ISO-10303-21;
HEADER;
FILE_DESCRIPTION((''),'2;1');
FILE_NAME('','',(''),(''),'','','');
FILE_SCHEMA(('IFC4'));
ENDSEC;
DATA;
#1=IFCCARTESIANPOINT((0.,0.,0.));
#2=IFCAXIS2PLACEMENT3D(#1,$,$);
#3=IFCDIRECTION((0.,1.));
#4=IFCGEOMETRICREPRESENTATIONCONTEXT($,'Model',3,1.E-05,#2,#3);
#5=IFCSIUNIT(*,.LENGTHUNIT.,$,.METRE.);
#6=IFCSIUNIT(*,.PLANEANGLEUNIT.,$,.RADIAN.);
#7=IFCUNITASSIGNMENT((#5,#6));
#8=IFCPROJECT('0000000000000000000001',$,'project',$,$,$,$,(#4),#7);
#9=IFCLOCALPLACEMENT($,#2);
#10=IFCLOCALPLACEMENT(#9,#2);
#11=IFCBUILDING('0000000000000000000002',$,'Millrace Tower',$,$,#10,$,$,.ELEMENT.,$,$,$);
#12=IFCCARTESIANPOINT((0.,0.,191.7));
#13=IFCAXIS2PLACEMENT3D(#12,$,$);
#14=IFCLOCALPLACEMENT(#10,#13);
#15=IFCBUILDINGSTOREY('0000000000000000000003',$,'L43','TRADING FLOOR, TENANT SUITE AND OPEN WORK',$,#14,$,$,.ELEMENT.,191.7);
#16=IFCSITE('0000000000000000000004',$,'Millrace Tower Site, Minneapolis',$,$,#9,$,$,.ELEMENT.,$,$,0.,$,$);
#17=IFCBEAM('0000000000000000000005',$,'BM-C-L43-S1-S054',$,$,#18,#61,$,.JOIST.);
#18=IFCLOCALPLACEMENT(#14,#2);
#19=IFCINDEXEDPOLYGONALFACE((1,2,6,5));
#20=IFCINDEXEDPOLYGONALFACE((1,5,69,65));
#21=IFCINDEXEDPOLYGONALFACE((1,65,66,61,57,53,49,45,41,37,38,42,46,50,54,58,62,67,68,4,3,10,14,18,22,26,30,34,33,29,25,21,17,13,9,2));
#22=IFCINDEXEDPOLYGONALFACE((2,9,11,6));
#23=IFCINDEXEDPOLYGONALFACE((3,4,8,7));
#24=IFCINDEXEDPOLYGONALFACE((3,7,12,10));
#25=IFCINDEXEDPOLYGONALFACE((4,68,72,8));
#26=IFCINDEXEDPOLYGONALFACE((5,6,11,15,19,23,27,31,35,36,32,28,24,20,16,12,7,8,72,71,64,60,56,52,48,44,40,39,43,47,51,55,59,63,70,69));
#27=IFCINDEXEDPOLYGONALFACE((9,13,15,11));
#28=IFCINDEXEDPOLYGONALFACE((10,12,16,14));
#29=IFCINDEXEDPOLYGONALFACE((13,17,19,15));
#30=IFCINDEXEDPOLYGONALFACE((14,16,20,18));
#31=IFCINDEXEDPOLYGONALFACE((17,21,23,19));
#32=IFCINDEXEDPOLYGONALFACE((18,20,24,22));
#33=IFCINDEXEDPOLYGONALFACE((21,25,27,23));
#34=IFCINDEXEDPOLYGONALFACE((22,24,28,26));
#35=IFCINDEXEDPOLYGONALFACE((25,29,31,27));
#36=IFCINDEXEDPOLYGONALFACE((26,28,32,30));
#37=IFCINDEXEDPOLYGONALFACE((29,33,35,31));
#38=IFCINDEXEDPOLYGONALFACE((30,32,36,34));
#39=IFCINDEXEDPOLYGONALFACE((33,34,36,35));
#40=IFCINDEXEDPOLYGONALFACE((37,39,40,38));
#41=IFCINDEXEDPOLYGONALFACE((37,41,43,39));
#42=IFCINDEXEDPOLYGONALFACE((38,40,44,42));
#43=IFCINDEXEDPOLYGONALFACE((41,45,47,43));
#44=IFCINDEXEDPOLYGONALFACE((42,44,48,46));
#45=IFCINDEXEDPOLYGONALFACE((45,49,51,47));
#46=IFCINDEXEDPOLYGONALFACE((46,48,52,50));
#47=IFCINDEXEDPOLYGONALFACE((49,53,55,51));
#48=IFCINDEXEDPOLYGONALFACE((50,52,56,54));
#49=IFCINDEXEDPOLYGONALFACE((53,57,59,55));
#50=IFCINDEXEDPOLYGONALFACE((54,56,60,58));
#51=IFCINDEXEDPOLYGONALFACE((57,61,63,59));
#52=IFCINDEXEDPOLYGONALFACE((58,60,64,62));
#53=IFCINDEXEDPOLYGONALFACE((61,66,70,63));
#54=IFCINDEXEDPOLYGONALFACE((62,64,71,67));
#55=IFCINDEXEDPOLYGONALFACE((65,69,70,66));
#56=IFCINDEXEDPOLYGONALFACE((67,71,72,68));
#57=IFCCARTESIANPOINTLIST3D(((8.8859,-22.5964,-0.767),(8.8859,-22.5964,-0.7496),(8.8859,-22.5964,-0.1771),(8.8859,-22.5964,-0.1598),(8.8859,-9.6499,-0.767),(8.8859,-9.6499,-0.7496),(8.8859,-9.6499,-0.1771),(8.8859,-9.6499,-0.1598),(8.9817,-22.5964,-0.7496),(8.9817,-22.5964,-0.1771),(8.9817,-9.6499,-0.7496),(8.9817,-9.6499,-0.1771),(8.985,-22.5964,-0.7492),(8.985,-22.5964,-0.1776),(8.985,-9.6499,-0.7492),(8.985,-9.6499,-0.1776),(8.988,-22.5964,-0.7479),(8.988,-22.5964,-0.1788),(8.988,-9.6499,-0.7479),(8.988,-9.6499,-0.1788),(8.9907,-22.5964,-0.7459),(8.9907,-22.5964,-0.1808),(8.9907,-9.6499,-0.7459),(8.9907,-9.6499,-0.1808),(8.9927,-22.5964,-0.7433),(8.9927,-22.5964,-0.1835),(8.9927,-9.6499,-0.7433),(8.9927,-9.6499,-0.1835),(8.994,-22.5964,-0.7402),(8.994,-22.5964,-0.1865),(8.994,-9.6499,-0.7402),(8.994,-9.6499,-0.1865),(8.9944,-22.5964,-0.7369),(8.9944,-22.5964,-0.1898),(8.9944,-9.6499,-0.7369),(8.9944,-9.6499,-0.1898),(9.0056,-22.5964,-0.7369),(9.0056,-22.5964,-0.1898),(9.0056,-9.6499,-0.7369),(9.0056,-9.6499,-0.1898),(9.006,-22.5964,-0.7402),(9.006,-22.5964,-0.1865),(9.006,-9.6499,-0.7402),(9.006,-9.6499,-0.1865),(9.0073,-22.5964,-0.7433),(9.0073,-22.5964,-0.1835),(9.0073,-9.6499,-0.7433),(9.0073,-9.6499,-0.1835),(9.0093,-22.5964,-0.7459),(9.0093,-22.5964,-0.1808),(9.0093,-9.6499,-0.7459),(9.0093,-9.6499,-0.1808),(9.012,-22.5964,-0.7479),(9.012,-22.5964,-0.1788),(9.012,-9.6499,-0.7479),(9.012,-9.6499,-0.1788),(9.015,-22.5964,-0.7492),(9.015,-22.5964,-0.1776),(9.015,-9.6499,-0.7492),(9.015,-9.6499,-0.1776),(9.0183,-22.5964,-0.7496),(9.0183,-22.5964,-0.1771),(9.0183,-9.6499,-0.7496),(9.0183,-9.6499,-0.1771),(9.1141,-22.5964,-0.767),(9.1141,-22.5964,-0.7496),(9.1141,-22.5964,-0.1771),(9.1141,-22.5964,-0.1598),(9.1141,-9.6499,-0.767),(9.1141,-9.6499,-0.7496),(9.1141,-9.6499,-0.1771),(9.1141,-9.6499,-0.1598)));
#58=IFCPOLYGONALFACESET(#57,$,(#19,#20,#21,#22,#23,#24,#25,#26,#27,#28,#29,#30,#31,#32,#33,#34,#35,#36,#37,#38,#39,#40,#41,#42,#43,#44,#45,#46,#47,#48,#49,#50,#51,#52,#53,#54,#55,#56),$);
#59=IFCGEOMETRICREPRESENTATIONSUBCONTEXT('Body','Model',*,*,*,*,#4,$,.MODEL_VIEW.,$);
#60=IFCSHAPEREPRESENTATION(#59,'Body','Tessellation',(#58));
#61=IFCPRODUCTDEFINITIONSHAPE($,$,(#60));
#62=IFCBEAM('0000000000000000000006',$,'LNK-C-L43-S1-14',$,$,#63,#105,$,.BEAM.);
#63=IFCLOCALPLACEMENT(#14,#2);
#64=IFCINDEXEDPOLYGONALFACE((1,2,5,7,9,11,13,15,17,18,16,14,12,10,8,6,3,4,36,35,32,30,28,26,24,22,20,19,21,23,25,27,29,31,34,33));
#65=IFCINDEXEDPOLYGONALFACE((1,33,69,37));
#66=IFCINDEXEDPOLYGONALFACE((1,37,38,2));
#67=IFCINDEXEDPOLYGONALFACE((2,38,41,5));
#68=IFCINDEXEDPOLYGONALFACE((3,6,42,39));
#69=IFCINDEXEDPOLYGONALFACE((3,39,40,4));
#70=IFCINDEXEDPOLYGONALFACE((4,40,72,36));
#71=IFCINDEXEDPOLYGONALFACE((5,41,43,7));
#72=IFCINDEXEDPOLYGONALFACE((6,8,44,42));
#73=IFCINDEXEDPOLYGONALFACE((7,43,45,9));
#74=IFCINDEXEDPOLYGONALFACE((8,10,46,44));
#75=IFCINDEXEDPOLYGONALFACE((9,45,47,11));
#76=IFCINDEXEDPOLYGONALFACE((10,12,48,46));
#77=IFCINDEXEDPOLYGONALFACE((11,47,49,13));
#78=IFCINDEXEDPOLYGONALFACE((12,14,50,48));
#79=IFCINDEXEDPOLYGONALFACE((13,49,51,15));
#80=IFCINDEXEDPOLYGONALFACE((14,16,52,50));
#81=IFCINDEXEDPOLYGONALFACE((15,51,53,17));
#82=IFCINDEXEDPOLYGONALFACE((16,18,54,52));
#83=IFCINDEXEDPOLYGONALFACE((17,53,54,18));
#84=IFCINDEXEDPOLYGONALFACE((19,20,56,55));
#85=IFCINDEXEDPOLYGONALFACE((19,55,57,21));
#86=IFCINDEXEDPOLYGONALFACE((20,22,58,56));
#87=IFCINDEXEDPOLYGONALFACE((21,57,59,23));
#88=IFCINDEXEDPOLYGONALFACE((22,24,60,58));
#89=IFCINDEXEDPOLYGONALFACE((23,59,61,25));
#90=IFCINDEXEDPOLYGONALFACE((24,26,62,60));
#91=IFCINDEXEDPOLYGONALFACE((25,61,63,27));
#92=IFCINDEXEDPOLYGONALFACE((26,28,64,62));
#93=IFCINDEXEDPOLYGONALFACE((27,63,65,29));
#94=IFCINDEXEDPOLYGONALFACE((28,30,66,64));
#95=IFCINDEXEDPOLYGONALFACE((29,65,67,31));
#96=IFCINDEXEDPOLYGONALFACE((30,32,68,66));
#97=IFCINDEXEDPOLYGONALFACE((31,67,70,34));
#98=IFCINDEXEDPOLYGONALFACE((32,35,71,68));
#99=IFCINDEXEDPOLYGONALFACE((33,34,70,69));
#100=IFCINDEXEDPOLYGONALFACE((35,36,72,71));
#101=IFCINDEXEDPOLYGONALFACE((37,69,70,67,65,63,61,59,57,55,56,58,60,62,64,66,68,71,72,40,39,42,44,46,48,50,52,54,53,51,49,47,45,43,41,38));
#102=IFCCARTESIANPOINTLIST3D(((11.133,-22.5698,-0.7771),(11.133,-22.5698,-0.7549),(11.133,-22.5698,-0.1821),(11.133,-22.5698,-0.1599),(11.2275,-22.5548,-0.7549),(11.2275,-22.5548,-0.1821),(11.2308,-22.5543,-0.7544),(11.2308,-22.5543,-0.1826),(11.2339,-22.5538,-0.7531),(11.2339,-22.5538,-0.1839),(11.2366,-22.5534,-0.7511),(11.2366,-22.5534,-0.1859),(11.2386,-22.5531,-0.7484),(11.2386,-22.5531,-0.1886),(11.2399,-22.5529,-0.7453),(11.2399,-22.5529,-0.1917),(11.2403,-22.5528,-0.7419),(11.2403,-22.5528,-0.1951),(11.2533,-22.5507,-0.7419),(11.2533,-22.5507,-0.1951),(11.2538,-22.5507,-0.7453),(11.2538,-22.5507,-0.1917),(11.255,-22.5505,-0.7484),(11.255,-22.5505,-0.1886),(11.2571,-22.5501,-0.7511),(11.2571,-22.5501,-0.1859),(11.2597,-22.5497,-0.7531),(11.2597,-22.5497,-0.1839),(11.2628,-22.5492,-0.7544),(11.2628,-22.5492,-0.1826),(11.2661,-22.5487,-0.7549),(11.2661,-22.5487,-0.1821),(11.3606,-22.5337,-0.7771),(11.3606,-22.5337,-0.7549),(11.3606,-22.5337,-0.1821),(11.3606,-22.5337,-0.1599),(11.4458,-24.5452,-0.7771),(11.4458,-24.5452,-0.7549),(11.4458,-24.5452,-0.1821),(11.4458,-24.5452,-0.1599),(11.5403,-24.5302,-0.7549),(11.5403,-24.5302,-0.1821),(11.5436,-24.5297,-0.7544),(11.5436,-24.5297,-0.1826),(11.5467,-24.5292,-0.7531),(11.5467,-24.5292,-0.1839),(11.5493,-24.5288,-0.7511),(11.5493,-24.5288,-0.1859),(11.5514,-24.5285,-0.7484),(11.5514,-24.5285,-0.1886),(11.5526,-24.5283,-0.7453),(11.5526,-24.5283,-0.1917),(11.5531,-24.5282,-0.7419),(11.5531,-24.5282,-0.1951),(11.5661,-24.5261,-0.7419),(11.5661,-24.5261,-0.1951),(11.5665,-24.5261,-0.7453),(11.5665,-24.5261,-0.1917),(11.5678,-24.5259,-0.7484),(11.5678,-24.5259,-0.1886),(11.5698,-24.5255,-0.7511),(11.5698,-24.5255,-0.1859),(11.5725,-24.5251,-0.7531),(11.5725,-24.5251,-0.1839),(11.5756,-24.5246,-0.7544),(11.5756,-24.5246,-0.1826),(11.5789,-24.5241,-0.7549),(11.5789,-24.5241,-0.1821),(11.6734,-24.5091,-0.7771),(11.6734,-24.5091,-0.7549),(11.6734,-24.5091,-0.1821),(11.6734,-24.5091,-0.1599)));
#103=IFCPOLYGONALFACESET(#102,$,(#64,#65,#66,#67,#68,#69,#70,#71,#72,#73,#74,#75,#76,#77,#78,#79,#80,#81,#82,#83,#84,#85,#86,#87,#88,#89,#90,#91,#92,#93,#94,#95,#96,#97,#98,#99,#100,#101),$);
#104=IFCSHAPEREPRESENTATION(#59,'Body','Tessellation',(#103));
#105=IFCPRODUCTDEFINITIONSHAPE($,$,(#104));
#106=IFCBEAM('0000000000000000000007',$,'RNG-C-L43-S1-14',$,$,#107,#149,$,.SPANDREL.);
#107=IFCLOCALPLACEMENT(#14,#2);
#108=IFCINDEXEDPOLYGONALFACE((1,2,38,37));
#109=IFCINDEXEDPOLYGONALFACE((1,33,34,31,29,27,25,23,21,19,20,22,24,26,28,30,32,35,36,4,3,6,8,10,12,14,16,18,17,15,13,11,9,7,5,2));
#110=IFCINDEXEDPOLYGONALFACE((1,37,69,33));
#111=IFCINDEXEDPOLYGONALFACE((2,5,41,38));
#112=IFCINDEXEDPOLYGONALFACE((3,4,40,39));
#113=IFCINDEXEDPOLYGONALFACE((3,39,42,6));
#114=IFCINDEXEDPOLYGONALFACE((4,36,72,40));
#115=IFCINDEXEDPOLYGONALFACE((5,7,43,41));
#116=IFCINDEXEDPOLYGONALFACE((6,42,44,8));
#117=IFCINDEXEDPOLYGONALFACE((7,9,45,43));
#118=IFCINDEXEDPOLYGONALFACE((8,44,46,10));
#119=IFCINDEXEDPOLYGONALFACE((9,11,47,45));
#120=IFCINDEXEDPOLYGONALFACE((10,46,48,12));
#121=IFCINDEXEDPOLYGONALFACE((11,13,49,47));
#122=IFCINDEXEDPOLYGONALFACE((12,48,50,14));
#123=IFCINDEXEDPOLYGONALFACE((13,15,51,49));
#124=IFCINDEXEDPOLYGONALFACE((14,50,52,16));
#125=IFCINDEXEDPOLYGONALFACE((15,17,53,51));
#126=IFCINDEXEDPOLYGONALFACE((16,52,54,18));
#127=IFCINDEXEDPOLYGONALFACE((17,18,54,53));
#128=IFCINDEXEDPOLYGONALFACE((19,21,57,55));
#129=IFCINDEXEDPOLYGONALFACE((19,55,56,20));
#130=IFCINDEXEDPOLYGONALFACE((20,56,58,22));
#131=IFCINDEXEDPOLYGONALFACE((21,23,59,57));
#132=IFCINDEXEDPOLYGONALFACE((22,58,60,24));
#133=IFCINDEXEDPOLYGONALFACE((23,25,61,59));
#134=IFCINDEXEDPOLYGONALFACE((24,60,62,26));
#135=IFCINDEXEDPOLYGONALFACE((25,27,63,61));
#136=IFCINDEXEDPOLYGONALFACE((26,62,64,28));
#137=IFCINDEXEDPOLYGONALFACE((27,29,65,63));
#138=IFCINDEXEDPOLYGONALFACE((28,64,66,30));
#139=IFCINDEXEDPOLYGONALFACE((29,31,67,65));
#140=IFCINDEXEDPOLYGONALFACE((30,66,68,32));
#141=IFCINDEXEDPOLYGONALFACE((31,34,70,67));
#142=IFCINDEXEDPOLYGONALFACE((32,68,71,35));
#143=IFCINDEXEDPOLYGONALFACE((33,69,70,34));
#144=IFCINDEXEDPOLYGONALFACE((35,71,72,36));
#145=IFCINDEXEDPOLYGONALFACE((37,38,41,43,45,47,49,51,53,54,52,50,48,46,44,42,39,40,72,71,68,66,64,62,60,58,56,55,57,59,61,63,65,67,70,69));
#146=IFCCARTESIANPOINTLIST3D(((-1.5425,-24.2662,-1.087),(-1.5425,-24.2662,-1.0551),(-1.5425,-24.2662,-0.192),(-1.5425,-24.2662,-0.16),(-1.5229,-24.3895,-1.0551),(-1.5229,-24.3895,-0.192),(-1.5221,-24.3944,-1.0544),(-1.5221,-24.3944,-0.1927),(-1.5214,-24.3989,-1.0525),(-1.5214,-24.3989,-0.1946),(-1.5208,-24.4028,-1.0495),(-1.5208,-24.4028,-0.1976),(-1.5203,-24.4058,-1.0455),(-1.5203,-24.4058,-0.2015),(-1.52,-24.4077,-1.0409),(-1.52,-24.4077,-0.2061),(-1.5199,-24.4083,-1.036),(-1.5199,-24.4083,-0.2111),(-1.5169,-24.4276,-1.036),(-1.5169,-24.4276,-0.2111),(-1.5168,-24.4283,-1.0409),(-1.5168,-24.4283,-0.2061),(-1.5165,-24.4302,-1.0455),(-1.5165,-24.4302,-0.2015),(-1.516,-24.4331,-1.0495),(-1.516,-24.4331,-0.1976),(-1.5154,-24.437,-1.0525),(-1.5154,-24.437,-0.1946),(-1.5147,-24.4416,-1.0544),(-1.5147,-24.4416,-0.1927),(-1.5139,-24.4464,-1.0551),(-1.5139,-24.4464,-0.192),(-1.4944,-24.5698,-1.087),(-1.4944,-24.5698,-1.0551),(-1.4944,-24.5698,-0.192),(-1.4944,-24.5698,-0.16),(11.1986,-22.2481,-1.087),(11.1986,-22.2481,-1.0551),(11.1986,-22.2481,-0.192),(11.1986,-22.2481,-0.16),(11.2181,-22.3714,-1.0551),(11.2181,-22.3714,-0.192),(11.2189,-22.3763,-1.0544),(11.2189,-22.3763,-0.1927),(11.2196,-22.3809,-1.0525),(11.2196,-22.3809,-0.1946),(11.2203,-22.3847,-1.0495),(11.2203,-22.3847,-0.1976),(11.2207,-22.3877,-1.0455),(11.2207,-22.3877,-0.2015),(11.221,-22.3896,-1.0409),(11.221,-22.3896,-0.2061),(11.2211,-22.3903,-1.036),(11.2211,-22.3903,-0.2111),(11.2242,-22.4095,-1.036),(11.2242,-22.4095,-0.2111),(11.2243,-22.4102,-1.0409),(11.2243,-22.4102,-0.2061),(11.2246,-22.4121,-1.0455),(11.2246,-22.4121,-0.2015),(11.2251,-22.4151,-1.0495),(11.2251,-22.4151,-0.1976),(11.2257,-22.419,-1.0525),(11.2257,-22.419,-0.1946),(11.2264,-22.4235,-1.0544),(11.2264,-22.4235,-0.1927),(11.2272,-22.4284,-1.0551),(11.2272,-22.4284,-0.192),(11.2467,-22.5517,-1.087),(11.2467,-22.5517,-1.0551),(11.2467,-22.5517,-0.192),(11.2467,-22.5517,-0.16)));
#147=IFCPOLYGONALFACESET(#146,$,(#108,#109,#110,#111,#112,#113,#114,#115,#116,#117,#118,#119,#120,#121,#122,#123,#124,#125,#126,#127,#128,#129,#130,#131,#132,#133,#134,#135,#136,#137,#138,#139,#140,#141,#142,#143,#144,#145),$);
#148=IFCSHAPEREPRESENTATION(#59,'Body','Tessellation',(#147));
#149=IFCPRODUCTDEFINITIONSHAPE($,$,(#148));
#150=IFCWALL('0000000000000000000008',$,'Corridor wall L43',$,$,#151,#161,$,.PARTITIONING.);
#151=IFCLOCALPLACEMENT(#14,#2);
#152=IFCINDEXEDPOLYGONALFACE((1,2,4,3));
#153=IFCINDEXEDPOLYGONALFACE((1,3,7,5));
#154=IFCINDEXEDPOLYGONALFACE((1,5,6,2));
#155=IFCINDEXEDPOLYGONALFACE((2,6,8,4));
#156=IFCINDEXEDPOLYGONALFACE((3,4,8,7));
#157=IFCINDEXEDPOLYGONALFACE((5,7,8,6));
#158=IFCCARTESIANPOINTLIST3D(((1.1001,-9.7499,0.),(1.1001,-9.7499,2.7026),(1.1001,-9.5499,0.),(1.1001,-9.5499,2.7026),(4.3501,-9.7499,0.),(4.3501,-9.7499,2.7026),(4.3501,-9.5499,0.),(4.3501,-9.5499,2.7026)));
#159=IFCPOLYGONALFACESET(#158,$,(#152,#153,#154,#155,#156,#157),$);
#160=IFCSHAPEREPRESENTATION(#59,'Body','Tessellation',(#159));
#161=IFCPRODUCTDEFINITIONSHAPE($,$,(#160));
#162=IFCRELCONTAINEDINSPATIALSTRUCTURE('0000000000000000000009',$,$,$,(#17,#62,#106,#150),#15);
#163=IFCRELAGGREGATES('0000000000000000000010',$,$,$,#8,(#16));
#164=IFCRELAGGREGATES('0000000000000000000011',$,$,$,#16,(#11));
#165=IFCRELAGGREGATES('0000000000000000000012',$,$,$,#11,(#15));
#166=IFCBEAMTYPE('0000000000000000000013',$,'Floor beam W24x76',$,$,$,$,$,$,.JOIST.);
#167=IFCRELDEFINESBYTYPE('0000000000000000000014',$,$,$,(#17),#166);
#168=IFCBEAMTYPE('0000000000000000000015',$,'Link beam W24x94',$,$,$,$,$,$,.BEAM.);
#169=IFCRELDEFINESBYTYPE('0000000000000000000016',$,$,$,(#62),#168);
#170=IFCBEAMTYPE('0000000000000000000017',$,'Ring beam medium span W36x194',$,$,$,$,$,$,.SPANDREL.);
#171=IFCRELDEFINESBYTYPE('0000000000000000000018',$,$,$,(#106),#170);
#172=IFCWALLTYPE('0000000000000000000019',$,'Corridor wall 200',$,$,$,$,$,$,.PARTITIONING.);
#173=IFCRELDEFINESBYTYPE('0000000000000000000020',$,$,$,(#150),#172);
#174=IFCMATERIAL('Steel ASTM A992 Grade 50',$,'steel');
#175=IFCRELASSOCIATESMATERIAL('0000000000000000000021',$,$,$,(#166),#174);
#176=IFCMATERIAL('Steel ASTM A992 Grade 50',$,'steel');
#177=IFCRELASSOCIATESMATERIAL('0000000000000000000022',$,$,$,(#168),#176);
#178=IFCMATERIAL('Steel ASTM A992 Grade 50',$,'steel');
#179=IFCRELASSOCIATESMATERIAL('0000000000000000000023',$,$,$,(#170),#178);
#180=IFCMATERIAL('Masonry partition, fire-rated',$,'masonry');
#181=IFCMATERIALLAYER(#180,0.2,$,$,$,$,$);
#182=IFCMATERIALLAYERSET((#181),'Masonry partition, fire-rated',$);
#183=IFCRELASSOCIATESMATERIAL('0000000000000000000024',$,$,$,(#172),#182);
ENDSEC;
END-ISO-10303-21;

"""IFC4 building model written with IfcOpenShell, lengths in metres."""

from ifc_helpers import new_model, si_unit, direction, frame, frame_2d, origin, origin_2d, place, context, subcontext, project, spatial, rectangle, i_section, extrude, material, layer, layer_set, material_profile, profile_set, type_object, element, save


model = new_model("IFC4")

# Units and contexts
model_context = context("Model", 3, precision=1e-05, world=origin(), true_north=direction((0.0, 1.0)))
body_context = subcontext(model_context, "Body", "Model", "MODEL_VIEW")
ifc_project = project(units=[si_unit("LENGTHUNIT", "METRE"), si_unit("PLANEANGLEUNIT", "RADIAN")], contexts=[model_context])

# Site, building, storey
site_placement = place(None, origin())
site = spatial("IfcSite", under=ifc_project, at=site_placement, Name="Millrace Tower Site, Minneapolis", CompositionType="ELEMENT", RefElevation=0.0)
building_placement = place(site_placement, origin())
building = spatial("IfcBuilding", under=site, at=building_placement, Name="Millrace Tower", CompositionType="ELEMENT")
storey_placement = place(building_placement, frame((0.0, 0.0, 191.7)))
storey = spatial("IfcBuildingStorey", under=building, at=storey_placement, Name="L43", Description="TRADING FLOOR, TENANT SUITE AND OPEN WORK", CompositionType="ELEMENT", Elevation=191.7)

# Beams
ifc_material_1 = material(Name="Steel ASTM A992 Grade 50", Category="steel")
ifc_material_profile_1 = material_profile(ifc_material_1, i_section(OverallWidth=0.2283, OverallDepth=0.6072, WebThickness=0.0112, FlangeThickness=0.0173, FilletRadius=0.0127, at=origin_2d()))
ifc_profile_set_1 = profile_set([ifc_material_profile_1], Name="Steel ASTM A992 Grade 50")
beam_type_1 = type_object("IfcBeamType", Name="Floor beam W24x76", PredefinedType="JOIST", material=ifc_profile_set_1)
beam_1_placement = place(storey_placement, frame((9.0, -22.5964, -0.4634), z_axis=(0.0, 1.0, 0.0), x_axis=(-1.0, 0.0, 0.0)))
element("IfcBeam", 1, at=beam_1_placement, inside=storey, type_object=beam_type_1, Name="BM-C-L43-S1-S054", PredefinedType="JOIST", context=body_context, shape_type="SweptSolid", body=[
    extrude(i_section(OverallWidth=0.2283, OverallDepth=0.6072, WebThickness=0.0112, FlangeThickness=0.0173, FilletRadius=0.0127, at=origin_2d()), origin(), (0.0, 0.0, 1.0), 12.9465),
])
ifc_material_2 = material(Name="Steel ASTM A992 Grade 50", Category="steel")
ifc_material_profile_2 = material_profile(ifc_material_2, i_section(OverallWidth=0.2305, OverallDepth=0.6172, WebThickness=0.0132, FlangeThickness=0.0222, FilletRadius=0.0129, at=origin_2d()))
ifc_profile_set_2 = profile_set([ifc_material_profile_2], Name="Steel ASTM A992 Grade 50")
beam_type_2 = type_object("IfcBeamType", Name="Link beam W24x94", PredefinedType="BEAM", material=ifc_profile_set_2)
beam_2_placement = place(storey_placement, frame((11.2468, -22.5518, -0.4685), z_axis=(0.156376, -0.987698, 0.0), x_axis=(0.987698, 0.156376, 0.0)))
element("IfcBeam", 2, at=beam_2_placement, inside=storey, type_object=beam_type_2, Name="LNK-C-L43-S1-14", PredefinedType="BEAM", context=body_context, shape_type="SweptSolid", body=[
    extrude(i_section(OverallWidth=0.2305, OverallDepth=0.6172, WebThickness=0.0132, FlangeThickness=0.0222, FilletRadius=0.0129, at=origin_2d()), origin(), (0.0, 0.0, 1.0), 2.0),
])
ifc_material_3 = material(Name="Steel ASTM A992 Grade 50", Category="steel")
ifc_material_profile_3 = material_profile(ifc_material_3, i_section(OverallWidth=0.3074, OverallDepth=0.927, WebThickness=0.0195, FlangeThickness=0.032, FilletRadius=0.019, at=origin_2d()))
ifc_profile_set_3 = profile_set([ifc_material_profile_3], Name="Steel ASTM A992 Grade 50")
beam_type_3 = type_object("IfcBeamType", Name="Ring beam medium span W36x194", PredefinedType="SPANDREL", material=ifc_profile_set_3)
beam_3_placement = place(storey_placement, frame((11.2227, -22.3999, -0.6235), z_axis=(-0.987687, -0.156442, 0.0), x_axis=(0.156442, -0.987687, 0.0)))
element("IfcBeam", 3, at=beam_3_placement, inside=storey, type_object=beam_type_3, Name="RNG-C-L43-S1-14", PredefinedType="SPANDREL", context=body_context, shape_type="SweptSolid", body=[
    extrude(i_section(OverallWidth=0.3074, OverallDepth=0.927, WebThickness=0.0195, FlangeThickness=0.032, FilletRadius=0.019, at=origin_2d()), origin(), (0.0, 0.0, 1.0), 12.8999),
])

# Wall
ifc_material_4 = material(Name="Masonry partition, fire-rated", Category="masonry")
ifc_layer_1 = layer(ifc_material_4, 0.2)
ifc_layer_set_1 = layer_set([ifc_layer_1], Name="Masonry partition, fire-rated")
wall_type_1 = type_object("IfcWallType", Name="Corridor wall 200", PredefinedType="PARTITIONING", material=ifc_layer_set_1)
wall_1_placement = place(storey_placement, frame((1.1001, -9.6499, 0.0), z_axis=(0.0, 0.0, 1.0), x_axis=(1.0, 0.0, 0.0)))
element("IfcWall", 4, at=wall_1_placement, inside=storey, type_object=wall_type_1, Name="Corridor wall L43", PredefinedType="PARTITIONING", context=body_context, shape_type="SweptSolid", body=[
    extrude(rectangle(XDim=3.25, YDim=0.2, at=frame_2d((1.625, 0.0))), origin(), (0.0, 0.0, 1.0), 2.7026),
])

save(model, "model.ifc")
